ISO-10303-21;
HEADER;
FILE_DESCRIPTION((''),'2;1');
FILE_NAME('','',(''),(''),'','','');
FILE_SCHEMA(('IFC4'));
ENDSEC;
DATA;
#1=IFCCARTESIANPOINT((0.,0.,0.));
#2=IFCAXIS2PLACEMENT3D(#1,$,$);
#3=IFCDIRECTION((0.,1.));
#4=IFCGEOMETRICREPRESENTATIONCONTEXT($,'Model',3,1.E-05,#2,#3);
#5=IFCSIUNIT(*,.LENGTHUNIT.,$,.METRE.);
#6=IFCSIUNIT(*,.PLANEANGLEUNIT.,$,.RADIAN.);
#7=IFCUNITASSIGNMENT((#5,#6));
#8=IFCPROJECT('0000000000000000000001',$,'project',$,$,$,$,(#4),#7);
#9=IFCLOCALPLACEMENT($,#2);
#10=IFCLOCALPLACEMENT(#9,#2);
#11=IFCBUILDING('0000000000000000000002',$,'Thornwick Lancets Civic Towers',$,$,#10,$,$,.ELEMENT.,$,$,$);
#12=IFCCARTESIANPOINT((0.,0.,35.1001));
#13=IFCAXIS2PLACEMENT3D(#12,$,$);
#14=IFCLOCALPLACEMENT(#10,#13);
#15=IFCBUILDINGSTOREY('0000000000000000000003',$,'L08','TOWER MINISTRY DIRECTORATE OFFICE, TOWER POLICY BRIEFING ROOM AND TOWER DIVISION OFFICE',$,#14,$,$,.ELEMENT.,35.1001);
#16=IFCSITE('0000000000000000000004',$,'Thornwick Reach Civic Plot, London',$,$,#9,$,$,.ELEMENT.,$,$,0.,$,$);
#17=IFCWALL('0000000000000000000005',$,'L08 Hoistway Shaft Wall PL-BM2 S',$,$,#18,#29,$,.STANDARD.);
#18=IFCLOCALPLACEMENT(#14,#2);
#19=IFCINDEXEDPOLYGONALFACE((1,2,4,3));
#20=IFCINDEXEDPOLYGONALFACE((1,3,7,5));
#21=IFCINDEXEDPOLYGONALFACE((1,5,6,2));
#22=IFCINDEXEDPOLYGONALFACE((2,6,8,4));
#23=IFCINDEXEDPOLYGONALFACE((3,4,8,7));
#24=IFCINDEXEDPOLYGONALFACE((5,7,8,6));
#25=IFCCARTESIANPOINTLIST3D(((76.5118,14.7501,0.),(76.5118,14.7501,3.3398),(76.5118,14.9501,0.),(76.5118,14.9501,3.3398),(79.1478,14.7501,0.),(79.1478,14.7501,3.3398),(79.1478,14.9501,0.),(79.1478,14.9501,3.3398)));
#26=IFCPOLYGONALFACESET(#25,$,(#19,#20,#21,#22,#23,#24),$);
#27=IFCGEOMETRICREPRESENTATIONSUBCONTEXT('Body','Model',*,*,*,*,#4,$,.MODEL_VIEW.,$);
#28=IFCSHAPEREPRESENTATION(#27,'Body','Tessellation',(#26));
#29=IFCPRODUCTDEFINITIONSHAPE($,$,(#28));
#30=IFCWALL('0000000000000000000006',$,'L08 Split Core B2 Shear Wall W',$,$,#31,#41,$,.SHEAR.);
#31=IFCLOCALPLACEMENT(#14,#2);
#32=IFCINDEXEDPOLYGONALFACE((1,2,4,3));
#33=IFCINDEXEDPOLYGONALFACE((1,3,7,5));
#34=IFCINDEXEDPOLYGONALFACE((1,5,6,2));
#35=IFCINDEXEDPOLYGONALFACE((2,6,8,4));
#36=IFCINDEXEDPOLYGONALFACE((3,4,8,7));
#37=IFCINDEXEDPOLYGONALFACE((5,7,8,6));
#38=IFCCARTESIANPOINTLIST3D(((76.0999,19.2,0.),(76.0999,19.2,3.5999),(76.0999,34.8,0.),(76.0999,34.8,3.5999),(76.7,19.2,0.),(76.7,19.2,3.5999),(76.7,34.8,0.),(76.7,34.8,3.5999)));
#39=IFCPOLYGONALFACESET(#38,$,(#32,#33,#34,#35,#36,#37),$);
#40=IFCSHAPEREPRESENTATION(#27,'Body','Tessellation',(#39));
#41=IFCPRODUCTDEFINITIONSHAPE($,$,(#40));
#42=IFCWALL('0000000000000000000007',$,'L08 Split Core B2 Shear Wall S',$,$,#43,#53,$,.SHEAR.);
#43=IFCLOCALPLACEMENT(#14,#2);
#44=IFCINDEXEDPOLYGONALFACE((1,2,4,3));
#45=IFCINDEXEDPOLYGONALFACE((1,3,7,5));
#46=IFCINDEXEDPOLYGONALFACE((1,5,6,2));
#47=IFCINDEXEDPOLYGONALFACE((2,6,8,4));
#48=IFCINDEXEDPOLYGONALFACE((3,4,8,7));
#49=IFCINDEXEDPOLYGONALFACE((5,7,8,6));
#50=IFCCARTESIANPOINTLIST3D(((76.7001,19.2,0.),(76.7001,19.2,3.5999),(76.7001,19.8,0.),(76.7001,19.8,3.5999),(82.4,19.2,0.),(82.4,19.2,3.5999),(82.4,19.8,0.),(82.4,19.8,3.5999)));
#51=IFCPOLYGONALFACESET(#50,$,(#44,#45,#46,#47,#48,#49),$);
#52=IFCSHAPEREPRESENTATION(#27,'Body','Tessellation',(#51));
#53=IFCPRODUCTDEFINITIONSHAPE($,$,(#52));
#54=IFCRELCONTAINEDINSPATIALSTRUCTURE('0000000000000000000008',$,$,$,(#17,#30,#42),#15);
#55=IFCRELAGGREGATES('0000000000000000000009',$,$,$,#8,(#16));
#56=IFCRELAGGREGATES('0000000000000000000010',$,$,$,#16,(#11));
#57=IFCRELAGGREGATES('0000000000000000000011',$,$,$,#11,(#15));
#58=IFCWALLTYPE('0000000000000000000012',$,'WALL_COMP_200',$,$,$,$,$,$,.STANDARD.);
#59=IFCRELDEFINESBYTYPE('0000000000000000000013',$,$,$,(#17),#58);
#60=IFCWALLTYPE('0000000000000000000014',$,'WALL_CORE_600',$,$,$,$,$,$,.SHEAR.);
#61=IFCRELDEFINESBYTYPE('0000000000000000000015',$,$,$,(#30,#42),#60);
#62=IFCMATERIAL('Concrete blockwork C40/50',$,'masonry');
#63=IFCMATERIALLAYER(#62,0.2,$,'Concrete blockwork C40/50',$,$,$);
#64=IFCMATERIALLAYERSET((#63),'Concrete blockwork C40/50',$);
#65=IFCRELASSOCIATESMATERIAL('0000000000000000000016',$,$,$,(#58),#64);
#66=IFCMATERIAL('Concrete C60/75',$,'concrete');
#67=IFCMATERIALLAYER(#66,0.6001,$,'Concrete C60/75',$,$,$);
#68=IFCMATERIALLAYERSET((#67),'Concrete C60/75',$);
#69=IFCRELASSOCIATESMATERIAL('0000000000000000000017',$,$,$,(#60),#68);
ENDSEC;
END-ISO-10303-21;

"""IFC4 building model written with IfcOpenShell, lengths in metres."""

from ifc_helpers import new_model, si_unit, direction, frame, frame_2d, origin, place, context, subcontext, project, spatial, rectangle, extrude, material, layer, layer_set, type_object, element, save


model = new_model("IFC4")

# Units and contexts
model_context = context("Model", 3, precision=1e-05, world=origin(), true_north=direction((0.0, 1.0)))
body_context = subcontext(model_context, "Body", "Model", "MODEL_VIEW")
ifc_project = project(units=[si_unit("LENGTHUNIT", "METRE"), si_unit("PLANEANGLEUNIT", "RADIAN")], contexts=[model_context])

# Site, building, storey
site_placement = place(None, origin())
site = spatial("IfcSite", under=ifc_project, at=site_placement, Name="Thornwick Reach Civic Plot, London", CompositionType="ELEMENT", RefElevation=0.0)
building_placement = place(site_placement, origin())
building = spatial("IfcBuilding", under=site, at=building_placement, Name="Thornwick Lancets Civic Towers", CompositionType="ELEMENT")
storey_placement = place(building_placement, frame((0.0, 0.0, 35.1001)))
storey = spatial("IfcBuildingStorey", under=building, at=storey_placement, Name="L08", Description="TOWER MINISTRY DIRECTORATE OFFICE, TOWER POLICY BRIEFING ROOM AND TOWER DIVISION OFFICE", CompositionType="ELEMENT", Elevation=35.1001)

# Shared definitions
ifc_material_1 = material(Name="Concrete C60/75", Category="concrete")

# Walls
ifc_material_2 = material(Name="Concrete blockwork C40/50", Category="masonry")
ifc_layer_1 = layer(ifc_material_2, 0.2, Name="Concrete blockwork C40/50")
ifc_layer_set_1 = layer_set([ifc_layer_1], Name="Concrete blockwork C40/50")
wall_type_1 = type_object("IfcWallType", Name="WALL_COMP_200", PredefinedType="STANDARD", material=ifc_layer_set_1)
wall_1_placement = place(storey_placement, frame((76.512, 14.8501, 0.0), z_axis=(0.0, 0.0, 1.0), x_axis=(1.0, 0.0, 0.0)))
element("IfcWall", 1, at=wall_1_placement, inside=storey, type_object=wall_type_1, Name="L08 Hoistway Shaft Wall PL-BM2 S", PredefinedType="STANDARD", context=body_context, shape_type="SweptSolid", body=[
    extrude(rectangle(XDim=2.636, YDim=0.2, at=frame_2d((1.3179, 0.0))), origin(), (0.0, 0.0, 1.0), 3.3398),
])
ifc_layer_2 = layer(ifc_material_1, 0.6001, Name="Concrete C60/75")
ifc_layer_set_2 = layer_set([ifc_layer_2], Name="Concrete C60/75")
wall_type_2 = type_object("IfcWallType", Name="WALL_CORE_600", PredefinedType="SHEAR", material=ifc_layer_set_2)
wall_2_placement = place(storey_placement, frame((76.3999, 19.2, 0.0), z_axis=(0.0, 0.0, 1.0), x_axis=(0.0, 1.0, 0.0)))
element("IfcWall", 2, at=wall_2_placement, inside=storey, type_object=wall_type_2, Name="L08 Split Core B2 Shear Wall W", PredefinedType="SHEAR", context=body_context, shape_type="SweptSolid", body=[
    extrude(rectangle(XDim=15.6001, YDim=0.6001, at=frame_2d((7.8, 0.0))), origin(), (0.0, 0.0, 1.0), 3.5999),
])
wall_3_placement = place(storey_placement, frame((76.7, 19.5, 0.0), z_axis=(0.0, 0.0, 1.0), x_axis=(1.0, 0.0, 0.0)))
element("IfcWall", 3, at=wall_3_placement, inside=storey, type_object=wall_type_2, Name="L08 Split Core B2 Shear Wall S", PredefinedType="SHEAR", context=body_context, shape_type="SweptSolid", body=[
    extrude(rectangle(XDim=5.7, YDim=0.6001, at=frame_2d((2.8501, 0.0))), origin(), (0.0, 0.0, 1.0), 3.5999),
])

save(model, "model.ifc")
